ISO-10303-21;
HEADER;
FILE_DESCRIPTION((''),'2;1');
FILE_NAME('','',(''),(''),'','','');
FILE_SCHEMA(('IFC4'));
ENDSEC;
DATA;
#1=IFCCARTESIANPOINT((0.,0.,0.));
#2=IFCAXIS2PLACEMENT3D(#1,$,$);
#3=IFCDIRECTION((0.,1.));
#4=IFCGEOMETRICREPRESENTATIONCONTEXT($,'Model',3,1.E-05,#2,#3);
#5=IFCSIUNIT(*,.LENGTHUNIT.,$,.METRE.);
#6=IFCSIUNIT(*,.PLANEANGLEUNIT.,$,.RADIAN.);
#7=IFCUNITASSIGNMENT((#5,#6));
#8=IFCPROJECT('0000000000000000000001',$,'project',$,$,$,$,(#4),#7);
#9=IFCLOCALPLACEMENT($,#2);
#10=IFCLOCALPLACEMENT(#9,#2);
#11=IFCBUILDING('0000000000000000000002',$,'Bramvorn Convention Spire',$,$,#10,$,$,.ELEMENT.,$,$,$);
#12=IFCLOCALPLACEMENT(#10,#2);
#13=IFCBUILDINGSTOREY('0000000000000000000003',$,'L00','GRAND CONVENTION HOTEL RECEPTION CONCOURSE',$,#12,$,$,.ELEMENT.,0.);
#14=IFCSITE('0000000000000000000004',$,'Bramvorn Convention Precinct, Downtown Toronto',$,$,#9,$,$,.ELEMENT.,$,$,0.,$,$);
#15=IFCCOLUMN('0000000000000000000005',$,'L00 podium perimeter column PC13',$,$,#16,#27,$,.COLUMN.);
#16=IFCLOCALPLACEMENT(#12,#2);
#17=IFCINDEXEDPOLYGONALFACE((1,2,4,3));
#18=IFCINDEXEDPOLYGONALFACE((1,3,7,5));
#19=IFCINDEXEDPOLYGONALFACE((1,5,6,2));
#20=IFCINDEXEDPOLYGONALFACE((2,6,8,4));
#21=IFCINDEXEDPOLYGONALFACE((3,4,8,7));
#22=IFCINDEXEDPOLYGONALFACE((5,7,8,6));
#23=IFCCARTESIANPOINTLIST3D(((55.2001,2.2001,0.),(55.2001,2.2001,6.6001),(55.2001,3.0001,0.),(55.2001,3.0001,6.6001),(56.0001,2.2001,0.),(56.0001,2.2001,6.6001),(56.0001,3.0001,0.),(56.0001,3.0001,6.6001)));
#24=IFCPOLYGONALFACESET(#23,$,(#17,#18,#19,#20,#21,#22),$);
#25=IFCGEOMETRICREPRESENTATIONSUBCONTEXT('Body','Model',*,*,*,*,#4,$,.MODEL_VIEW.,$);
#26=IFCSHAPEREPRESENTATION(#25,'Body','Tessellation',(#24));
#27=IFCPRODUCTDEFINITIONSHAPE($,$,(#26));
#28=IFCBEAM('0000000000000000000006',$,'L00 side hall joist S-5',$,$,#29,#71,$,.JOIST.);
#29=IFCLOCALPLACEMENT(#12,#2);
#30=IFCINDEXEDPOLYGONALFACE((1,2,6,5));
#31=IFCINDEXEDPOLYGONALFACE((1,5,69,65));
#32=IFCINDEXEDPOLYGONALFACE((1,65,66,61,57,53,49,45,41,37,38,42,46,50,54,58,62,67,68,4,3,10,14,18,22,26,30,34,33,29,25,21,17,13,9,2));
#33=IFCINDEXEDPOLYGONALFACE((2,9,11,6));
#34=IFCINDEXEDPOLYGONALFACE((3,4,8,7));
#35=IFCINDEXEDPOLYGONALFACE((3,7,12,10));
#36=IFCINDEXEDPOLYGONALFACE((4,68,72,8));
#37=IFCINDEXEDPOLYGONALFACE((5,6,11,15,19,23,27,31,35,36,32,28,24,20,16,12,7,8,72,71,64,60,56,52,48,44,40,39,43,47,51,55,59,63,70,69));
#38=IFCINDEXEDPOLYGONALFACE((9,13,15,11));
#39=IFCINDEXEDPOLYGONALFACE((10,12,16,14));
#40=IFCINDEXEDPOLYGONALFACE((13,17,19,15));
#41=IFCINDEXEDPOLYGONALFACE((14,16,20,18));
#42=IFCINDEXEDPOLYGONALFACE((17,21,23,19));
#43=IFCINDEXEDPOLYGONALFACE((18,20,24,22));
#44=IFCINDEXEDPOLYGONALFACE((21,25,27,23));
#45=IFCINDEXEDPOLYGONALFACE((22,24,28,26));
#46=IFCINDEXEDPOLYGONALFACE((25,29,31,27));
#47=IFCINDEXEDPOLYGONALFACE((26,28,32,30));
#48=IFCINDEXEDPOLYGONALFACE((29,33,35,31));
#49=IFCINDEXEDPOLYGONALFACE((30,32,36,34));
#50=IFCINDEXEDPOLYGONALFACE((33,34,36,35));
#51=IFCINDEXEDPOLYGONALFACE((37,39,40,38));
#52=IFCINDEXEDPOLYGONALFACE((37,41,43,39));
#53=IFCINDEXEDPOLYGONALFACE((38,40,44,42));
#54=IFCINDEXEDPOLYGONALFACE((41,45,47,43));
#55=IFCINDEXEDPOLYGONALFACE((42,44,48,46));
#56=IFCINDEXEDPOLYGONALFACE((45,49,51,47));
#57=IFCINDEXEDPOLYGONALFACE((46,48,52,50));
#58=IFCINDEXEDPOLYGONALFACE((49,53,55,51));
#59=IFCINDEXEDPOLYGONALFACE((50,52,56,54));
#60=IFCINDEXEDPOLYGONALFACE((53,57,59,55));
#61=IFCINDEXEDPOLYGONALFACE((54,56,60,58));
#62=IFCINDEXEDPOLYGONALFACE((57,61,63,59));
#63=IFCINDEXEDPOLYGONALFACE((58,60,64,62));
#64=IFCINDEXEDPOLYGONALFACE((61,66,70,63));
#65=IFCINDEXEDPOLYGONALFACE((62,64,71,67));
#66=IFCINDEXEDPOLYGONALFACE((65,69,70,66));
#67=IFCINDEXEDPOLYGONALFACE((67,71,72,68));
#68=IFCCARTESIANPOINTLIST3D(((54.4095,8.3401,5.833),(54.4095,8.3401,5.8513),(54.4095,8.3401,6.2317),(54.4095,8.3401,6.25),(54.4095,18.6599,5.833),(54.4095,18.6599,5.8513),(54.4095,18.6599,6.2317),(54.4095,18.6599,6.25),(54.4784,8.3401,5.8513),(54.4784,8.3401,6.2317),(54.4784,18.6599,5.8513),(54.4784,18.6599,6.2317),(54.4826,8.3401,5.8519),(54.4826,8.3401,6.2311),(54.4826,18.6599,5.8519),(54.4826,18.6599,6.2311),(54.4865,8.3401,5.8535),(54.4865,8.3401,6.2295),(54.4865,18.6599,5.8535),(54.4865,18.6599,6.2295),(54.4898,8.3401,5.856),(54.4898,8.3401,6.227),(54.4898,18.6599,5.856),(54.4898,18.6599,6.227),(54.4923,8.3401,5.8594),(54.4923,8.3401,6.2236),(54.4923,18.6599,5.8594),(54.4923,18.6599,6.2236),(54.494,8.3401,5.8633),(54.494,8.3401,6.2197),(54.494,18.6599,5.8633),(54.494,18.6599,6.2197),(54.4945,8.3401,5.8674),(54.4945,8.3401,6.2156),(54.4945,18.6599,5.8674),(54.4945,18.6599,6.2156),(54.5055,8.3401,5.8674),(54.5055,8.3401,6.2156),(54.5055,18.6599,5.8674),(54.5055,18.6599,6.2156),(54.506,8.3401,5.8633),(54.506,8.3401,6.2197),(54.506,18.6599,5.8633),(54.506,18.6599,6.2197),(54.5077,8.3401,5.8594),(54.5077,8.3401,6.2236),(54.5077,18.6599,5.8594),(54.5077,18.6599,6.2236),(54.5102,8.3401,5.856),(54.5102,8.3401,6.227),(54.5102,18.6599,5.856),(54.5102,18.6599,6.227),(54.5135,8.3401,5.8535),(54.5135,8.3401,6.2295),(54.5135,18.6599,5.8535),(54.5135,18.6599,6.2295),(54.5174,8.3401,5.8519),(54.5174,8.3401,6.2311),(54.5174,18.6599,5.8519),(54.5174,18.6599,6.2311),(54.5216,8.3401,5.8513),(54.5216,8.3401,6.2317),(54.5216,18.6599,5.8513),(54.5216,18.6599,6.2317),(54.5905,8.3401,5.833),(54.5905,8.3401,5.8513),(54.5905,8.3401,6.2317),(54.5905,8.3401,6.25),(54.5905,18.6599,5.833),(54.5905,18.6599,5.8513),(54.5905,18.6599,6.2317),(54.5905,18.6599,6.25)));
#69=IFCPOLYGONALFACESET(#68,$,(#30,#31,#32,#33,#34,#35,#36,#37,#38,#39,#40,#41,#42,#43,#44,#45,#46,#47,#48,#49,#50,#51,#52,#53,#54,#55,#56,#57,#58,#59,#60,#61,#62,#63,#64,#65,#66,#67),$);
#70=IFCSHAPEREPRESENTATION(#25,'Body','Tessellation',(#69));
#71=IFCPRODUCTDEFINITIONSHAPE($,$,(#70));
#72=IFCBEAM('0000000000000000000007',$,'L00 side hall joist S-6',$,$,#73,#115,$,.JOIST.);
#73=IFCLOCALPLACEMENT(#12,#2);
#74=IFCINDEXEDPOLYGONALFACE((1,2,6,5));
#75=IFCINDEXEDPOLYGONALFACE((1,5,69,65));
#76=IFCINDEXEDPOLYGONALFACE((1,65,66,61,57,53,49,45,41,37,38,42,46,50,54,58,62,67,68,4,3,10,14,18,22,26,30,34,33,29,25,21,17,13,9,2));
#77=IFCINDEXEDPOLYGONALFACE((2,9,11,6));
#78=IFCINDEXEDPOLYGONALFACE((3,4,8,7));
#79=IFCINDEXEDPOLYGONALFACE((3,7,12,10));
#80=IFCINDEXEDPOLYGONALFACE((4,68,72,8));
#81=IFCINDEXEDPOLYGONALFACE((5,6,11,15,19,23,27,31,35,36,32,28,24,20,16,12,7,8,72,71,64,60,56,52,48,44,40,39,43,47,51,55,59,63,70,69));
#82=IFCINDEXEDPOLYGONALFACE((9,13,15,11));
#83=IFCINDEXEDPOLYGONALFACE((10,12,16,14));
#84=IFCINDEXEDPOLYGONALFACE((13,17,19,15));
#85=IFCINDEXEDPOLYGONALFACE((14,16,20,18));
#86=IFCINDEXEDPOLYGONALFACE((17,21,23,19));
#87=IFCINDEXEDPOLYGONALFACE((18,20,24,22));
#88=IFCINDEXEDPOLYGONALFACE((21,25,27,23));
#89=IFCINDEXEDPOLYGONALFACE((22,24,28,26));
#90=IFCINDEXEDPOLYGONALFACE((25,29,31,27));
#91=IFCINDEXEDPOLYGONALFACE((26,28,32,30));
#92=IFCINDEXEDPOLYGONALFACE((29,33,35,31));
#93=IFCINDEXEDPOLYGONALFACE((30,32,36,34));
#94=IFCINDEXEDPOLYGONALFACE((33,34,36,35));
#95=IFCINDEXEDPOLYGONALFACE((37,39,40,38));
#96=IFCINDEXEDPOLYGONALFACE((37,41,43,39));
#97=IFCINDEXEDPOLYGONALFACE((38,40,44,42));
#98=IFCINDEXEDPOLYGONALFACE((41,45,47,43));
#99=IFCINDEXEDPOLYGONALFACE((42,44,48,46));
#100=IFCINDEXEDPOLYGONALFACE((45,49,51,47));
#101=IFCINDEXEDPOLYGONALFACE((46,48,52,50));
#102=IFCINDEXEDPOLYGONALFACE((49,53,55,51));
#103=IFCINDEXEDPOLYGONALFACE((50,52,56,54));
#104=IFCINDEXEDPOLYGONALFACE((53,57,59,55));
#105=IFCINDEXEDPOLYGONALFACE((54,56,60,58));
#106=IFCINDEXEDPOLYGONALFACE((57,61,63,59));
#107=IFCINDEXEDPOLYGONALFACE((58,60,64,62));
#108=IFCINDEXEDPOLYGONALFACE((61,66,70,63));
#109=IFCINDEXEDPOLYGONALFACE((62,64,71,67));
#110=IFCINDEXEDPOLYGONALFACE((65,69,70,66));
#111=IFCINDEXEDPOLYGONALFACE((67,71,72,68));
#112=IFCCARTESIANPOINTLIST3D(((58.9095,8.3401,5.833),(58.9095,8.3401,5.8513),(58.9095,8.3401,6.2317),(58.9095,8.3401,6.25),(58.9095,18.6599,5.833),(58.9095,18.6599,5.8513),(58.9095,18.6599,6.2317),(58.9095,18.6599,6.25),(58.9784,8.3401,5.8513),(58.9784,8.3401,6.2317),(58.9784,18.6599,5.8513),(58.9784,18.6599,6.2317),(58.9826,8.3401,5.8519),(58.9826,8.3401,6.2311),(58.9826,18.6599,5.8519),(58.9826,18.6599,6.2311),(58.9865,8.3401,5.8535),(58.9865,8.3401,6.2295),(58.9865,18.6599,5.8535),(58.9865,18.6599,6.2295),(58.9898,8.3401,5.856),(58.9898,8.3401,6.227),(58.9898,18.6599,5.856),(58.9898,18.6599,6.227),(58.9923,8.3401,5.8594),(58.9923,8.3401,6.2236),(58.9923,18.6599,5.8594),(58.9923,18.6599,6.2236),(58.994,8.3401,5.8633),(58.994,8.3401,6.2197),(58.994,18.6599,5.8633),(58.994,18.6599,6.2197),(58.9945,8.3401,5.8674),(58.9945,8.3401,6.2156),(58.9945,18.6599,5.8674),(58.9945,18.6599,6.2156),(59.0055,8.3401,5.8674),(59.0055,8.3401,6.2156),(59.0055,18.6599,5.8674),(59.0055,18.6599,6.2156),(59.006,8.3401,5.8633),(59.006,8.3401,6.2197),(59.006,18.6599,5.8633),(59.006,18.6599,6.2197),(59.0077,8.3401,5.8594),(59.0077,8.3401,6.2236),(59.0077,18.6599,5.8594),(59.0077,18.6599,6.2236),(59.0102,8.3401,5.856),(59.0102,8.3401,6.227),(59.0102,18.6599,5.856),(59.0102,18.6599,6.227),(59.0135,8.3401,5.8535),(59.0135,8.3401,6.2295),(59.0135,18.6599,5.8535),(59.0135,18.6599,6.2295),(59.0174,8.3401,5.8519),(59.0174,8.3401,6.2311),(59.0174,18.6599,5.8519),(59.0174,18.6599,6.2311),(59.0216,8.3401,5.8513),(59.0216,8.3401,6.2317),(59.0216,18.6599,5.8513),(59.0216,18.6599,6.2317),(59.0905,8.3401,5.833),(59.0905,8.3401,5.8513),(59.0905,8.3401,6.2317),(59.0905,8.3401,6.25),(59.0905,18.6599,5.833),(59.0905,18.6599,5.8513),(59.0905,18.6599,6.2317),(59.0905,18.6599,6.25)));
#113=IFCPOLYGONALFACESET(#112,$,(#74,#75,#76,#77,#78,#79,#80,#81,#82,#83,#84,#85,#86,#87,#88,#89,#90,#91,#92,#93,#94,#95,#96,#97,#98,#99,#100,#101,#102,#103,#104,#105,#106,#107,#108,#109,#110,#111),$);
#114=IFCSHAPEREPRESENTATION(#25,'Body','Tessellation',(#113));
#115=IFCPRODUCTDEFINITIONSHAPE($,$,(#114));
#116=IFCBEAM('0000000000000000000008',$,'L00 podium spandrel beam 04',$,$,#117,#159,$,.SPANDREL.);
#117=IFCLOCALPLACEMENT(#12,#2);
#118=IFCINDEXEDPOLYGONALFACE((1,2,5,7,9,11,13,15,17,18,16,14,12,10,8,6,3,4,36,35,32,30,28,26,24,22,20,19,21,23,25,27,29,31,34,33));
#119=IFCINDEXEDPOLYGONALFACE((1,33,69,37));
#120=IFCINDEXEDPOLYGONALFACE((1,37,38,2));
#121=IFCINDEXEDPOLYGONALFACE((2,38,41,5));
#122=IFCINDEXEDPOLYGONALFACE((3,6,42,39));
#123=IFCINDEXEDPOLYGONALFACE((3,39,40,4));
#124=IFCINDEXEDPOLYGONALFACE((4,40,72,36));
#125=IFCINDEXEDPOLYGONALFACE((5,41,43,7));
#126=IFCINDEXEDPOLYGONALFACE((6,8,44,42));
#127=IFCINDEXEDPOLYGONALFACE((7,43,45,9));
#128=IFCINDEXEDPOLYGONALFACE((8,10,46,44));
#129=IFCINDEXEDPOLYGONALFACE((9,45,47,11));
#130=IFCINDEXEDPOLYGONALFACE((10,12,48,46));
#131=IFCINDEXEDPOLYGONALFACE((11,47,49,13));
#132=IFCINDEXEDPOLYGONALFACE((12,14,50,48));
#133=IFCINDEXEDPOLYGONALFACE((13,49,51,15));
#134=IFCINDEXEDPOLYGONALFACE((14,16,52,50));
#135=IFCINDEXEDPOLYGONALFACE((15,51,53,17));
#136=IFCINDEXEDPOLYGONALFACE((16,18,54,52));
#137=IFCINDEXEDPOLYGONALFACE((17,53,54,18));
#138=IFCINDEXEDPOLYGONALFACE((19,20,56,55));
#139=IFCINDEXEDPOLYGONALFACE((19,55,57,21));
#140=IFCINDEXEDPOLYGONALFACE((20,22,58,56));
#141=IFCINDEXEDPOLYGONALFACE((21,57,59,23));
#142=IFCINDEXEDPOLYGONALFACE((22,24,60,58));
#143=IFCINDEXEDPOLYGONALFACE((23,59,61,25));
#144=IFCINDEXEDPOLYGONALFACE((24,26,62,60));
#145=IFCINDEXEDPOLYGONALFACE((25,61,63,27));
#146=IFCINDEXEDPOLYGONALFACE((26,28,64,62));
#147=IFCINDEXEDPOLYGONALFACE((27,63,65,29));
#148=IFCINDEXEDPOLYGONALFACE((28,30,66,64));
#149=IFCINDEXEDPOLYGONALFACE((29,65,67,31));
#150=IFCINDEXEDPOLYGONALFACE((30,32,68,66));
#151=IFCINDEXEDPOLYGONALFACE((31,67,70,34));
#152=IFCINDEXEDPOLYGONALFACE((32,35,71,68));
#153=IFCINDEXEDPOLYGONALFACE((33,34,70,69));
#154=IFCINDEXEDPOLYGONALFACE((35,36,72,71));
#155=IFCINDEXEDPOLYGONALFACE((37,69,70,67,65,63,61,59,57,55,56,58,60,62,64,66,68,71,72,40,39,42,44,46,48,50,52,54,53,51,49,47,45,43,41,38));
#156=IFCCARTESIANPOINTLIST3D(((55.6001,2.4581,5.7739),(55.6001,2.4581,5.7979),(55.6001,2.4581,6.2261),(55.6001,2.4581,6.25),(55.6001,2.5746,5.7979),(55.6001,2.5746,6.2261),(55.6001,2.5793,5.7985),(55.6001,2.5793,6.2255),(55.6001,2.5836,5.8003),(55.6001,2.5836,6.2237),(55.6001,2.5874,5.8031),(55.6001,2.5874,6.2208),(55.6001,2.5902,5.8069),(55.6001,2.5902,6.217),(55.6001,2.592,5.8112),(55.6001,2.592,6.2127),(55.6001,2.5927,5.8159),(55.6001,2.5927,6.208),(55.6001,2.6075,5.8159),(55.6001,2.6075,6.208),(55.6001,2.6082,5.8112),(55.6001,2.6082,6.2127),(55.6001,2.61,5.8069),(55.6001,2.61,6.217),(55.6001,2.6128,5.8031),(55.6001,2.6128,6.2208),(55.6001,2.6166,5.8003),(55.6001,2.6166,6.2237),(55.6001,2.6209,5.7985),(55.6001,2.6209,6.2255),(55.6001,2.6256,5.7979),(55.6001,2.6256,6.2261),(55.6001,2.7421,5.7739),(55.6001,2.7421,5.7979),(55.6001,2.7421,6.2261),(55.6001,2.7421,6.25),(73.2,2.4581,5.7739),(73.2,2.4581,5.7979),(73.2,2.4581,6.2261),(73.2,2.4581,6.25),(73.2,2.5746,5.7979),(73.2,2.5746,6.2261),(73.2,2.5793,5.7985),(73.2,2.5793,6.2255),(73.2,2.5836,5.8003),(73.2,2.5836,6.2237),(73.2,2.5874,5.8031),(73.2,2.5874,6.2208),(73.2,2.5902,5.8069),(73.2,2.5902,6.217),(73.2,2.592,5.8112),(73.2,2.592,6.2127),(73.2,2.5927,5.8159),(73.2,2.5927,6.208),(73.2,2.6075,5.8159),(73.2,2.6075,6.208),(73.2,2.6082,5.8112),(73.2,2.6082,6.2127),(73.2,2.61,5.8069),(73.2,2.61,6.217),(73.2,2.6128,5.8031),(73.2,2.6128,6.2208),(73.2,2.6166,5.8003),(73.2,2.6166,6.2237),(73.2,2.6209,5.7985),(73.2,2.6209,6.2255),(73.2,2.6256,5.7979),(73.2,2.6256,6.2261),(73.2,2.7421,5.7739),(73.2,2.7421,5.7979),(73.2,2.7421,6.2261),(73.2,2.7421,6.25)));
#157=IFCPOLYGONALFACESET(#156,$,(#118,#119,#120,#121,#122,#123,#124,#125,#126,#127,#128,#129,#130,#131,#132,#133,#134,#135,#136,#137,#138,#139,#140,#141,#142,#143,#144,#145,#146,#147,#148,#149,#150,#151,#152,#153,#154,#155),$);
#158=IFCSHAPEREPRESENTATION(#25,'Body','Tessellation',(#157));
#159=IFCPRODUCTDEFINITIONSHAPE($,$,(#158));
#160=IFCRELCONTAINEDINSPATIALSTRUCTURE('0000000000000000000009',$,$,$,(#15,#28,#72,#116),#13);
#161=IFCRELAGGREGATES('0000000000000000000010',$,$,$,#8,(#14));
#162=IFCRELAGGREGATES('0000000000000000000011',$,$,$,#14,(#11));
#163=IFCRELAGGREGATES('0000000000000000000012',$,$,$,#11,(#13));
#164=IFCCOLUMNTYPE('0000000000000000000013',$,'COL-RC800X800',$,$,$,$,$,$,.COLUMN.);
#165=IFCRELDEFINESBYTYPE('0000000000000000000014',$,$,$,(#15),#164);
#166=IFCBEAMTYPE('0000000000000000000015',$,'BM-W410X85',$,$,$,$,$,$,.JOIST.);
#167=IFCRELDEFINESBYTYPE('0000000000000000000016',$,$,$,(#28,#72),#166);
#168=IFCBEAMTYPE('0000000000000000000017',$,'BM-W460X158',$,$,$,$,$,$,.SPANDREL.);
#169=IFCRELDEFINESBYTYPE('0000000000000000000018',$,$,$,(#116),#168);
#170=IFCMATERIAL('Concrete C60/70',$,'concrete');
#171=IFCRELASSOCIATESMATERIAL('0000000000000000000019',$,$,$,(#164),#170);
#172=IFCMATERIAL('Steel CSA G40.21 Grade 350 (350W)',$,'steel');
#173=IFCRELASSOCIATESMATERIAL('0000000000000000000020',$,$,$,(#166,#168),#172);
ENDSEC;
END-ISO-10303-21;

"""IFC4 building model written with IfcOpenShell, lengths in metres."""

from ifc_helpers import new_model, si_unit, direction, frame, origin, origin_2d, place, context, subcontext, project, spatial, rectangle, i_section, extrude, material, material_profile, profile_set, type_object, element, save


model = new_model("IFC4")

# Units and contexts
model_context = context("Model", 3, precision=1e-05, world=origin(), true_north=direction((0.0, 1.0)))
body_context = subcontext(model_context, "Body", "Model", "MODEL_VIEW")
ifc_project = project(units=[si_unit("LENGTHUNIT", "METRE"), si_unit("PLANEANGLEUNIT", "RADIAN")], contexts=[model_context])

# Site, building, storey
site_placement = place(None, origin())
site = spatial("IfcSite", under=ifc_project, at=site_placement, Name="Bramvorn Convention Precinct, Downtown Toronto", CompositionType="ELEMENT", RefElevation=0.0)
building_placement = place(site_placement, origin())
building = spatial("IfcBuilding", under=site, at=building_placement, Name="Bramvorn Convention Spire", CompositionType="ELEMENT")
storey_placement = place(building_placement, origin())
storey = spatial("IfcBuildingStorey", under=building, at=storey_placement, Name="L00", Description="GRAND CONVENTION HOTEL RECEPTION CONCOURSE", CompositionType="ELEMENT", Elevation=0.0)

# Column
ifc_material_1 = material(Name="Concrete C60/70", Category="concrete")
ifc_material_profile_1 = material_profile(ifc_material_1, rectangle(XDim=0.8, YDim=0.8, at=origin_2d()))
ifc_profile_set_1 = profile_set([ifc_material_profile_1], Name="Concrete C60/70 - RC800X800")
column_type = type_object("IfcColumnType", Name="COL-RC800X800", PredefinedType="COLUMN", material=ifc_profile_set_1)
column_placement = place(storey_placement, frame((55.6001, 2.6001, 0.0), z_axis=(0.0, 0.0, 1.0), x_axis=(1.0, 0.0, 0.0)))
element("IfcColumn", 1, at=column_placement, inside=storey, type_object=column_type, Name="L00 podium perimeter column PC13", PredefinedType="COLUMN", context=body_context, shape_type="SweptSolid", body=[
    extrude(rectangle(XDim=0.8, YDim=0.8, at=origin_2d()), origin(), (0.0, 0.0, 1.0), 6.6001),
])

# Beams
ifc_material_2 = material(Name="Steel CSA G40.21 Grade 350 (350W)", Category="steel")
ifc_material_profile_2 = material_profile(ifc_material_2, i_section(OverallWidth=0.1809, OverallDepth=0.417, WebThickness=0.011, FlangeThickness=0.0183, FilletRadius=0.0161, at=origin_2d()))
ifc_profile_set_2 = profile_set([ifc_material_profile_2], Name="Steel CSA G40.21 Grade 350 (350W) - W410X85")
beam_type_1 = type_object("IfcBeamType", Name="BM-W410X85", PredefinedType="JOIST", material=ifc_profile_set_2)
for number, where, z_axis, x_axis, name in (
    (2, (54.5, 8.3401, 6.0415), (0.0, 1.0, 0.0), (-1.0, 0.0, 0.0), "L00 side hall joist S-5"),
    (3, (59.0, 8.3401, 6.0415), (0.0, 1.0, 0.0), (-1.0, 0.0, 0.0), "L00 side hall joist S-6"),
):
    element("IfcBeam", number, at=place(storey_placement, frame(where, z_axis=z_axis, x_axis=x_axis)), inside=storey, type_object=beam_type_1, Name=name, PredefinedType="JOIST", context=body_context, shape_type="SweptSolid", body=[
        extrude(i_section(OverallWidth=0.1809, OverallDepth=0.417, WebThickness=0.011, FlangeThickness=0.0183, FilletRadius=0.0161, at=origin_2d()), origin(), (0.0, 0.0, 1.0), 10.3198),
    ])
ifc_material_profile_3 = material_profile(ifc_material_2, i_section(OverallWidth=0.2839, OverallDepth=0.4761, WebThickness=0.0149, FlangeThickness=0.0239, FilletRadius=0.0181, at=origin_2d()))
ifc_profile_set_3 = profile_set([ifc_material_profile_3], Name="Steel CSA G40.21 Grade 350 (350W) - W460X158")
beam_type_2 = type_object("IfcBeamType", Name="BM-W460X158", PredefinedType="SPANDREL", material=ifc_profile_set_3)
beam_1_placement = place(storey_placement, frame((55.6001, 2.6001, 6.012), z_axis=(1.0, 0.0, 0.0), x_axis=(0.0, 1.0, 0.0)))
element("IfcBeam", 4, at=beam_1_placement, inside=storey, type_object=beam_type_2, Name="L00 podium spandrel beam 04", PredefinedType="SPANDREL", context=body_context, shape_type="SweptSolid", body=[
    extrude(i_section(OverallWidth=0.2839, OverallDepth=0.4761, WebThickness=0.0149, FlangeThickness=0.0239, FilletRadius=0.0181, at=origin_2d()), origin(), (0.0, 0.0, 1.0), 17.5999),
])

save(model, "model.ifc")
